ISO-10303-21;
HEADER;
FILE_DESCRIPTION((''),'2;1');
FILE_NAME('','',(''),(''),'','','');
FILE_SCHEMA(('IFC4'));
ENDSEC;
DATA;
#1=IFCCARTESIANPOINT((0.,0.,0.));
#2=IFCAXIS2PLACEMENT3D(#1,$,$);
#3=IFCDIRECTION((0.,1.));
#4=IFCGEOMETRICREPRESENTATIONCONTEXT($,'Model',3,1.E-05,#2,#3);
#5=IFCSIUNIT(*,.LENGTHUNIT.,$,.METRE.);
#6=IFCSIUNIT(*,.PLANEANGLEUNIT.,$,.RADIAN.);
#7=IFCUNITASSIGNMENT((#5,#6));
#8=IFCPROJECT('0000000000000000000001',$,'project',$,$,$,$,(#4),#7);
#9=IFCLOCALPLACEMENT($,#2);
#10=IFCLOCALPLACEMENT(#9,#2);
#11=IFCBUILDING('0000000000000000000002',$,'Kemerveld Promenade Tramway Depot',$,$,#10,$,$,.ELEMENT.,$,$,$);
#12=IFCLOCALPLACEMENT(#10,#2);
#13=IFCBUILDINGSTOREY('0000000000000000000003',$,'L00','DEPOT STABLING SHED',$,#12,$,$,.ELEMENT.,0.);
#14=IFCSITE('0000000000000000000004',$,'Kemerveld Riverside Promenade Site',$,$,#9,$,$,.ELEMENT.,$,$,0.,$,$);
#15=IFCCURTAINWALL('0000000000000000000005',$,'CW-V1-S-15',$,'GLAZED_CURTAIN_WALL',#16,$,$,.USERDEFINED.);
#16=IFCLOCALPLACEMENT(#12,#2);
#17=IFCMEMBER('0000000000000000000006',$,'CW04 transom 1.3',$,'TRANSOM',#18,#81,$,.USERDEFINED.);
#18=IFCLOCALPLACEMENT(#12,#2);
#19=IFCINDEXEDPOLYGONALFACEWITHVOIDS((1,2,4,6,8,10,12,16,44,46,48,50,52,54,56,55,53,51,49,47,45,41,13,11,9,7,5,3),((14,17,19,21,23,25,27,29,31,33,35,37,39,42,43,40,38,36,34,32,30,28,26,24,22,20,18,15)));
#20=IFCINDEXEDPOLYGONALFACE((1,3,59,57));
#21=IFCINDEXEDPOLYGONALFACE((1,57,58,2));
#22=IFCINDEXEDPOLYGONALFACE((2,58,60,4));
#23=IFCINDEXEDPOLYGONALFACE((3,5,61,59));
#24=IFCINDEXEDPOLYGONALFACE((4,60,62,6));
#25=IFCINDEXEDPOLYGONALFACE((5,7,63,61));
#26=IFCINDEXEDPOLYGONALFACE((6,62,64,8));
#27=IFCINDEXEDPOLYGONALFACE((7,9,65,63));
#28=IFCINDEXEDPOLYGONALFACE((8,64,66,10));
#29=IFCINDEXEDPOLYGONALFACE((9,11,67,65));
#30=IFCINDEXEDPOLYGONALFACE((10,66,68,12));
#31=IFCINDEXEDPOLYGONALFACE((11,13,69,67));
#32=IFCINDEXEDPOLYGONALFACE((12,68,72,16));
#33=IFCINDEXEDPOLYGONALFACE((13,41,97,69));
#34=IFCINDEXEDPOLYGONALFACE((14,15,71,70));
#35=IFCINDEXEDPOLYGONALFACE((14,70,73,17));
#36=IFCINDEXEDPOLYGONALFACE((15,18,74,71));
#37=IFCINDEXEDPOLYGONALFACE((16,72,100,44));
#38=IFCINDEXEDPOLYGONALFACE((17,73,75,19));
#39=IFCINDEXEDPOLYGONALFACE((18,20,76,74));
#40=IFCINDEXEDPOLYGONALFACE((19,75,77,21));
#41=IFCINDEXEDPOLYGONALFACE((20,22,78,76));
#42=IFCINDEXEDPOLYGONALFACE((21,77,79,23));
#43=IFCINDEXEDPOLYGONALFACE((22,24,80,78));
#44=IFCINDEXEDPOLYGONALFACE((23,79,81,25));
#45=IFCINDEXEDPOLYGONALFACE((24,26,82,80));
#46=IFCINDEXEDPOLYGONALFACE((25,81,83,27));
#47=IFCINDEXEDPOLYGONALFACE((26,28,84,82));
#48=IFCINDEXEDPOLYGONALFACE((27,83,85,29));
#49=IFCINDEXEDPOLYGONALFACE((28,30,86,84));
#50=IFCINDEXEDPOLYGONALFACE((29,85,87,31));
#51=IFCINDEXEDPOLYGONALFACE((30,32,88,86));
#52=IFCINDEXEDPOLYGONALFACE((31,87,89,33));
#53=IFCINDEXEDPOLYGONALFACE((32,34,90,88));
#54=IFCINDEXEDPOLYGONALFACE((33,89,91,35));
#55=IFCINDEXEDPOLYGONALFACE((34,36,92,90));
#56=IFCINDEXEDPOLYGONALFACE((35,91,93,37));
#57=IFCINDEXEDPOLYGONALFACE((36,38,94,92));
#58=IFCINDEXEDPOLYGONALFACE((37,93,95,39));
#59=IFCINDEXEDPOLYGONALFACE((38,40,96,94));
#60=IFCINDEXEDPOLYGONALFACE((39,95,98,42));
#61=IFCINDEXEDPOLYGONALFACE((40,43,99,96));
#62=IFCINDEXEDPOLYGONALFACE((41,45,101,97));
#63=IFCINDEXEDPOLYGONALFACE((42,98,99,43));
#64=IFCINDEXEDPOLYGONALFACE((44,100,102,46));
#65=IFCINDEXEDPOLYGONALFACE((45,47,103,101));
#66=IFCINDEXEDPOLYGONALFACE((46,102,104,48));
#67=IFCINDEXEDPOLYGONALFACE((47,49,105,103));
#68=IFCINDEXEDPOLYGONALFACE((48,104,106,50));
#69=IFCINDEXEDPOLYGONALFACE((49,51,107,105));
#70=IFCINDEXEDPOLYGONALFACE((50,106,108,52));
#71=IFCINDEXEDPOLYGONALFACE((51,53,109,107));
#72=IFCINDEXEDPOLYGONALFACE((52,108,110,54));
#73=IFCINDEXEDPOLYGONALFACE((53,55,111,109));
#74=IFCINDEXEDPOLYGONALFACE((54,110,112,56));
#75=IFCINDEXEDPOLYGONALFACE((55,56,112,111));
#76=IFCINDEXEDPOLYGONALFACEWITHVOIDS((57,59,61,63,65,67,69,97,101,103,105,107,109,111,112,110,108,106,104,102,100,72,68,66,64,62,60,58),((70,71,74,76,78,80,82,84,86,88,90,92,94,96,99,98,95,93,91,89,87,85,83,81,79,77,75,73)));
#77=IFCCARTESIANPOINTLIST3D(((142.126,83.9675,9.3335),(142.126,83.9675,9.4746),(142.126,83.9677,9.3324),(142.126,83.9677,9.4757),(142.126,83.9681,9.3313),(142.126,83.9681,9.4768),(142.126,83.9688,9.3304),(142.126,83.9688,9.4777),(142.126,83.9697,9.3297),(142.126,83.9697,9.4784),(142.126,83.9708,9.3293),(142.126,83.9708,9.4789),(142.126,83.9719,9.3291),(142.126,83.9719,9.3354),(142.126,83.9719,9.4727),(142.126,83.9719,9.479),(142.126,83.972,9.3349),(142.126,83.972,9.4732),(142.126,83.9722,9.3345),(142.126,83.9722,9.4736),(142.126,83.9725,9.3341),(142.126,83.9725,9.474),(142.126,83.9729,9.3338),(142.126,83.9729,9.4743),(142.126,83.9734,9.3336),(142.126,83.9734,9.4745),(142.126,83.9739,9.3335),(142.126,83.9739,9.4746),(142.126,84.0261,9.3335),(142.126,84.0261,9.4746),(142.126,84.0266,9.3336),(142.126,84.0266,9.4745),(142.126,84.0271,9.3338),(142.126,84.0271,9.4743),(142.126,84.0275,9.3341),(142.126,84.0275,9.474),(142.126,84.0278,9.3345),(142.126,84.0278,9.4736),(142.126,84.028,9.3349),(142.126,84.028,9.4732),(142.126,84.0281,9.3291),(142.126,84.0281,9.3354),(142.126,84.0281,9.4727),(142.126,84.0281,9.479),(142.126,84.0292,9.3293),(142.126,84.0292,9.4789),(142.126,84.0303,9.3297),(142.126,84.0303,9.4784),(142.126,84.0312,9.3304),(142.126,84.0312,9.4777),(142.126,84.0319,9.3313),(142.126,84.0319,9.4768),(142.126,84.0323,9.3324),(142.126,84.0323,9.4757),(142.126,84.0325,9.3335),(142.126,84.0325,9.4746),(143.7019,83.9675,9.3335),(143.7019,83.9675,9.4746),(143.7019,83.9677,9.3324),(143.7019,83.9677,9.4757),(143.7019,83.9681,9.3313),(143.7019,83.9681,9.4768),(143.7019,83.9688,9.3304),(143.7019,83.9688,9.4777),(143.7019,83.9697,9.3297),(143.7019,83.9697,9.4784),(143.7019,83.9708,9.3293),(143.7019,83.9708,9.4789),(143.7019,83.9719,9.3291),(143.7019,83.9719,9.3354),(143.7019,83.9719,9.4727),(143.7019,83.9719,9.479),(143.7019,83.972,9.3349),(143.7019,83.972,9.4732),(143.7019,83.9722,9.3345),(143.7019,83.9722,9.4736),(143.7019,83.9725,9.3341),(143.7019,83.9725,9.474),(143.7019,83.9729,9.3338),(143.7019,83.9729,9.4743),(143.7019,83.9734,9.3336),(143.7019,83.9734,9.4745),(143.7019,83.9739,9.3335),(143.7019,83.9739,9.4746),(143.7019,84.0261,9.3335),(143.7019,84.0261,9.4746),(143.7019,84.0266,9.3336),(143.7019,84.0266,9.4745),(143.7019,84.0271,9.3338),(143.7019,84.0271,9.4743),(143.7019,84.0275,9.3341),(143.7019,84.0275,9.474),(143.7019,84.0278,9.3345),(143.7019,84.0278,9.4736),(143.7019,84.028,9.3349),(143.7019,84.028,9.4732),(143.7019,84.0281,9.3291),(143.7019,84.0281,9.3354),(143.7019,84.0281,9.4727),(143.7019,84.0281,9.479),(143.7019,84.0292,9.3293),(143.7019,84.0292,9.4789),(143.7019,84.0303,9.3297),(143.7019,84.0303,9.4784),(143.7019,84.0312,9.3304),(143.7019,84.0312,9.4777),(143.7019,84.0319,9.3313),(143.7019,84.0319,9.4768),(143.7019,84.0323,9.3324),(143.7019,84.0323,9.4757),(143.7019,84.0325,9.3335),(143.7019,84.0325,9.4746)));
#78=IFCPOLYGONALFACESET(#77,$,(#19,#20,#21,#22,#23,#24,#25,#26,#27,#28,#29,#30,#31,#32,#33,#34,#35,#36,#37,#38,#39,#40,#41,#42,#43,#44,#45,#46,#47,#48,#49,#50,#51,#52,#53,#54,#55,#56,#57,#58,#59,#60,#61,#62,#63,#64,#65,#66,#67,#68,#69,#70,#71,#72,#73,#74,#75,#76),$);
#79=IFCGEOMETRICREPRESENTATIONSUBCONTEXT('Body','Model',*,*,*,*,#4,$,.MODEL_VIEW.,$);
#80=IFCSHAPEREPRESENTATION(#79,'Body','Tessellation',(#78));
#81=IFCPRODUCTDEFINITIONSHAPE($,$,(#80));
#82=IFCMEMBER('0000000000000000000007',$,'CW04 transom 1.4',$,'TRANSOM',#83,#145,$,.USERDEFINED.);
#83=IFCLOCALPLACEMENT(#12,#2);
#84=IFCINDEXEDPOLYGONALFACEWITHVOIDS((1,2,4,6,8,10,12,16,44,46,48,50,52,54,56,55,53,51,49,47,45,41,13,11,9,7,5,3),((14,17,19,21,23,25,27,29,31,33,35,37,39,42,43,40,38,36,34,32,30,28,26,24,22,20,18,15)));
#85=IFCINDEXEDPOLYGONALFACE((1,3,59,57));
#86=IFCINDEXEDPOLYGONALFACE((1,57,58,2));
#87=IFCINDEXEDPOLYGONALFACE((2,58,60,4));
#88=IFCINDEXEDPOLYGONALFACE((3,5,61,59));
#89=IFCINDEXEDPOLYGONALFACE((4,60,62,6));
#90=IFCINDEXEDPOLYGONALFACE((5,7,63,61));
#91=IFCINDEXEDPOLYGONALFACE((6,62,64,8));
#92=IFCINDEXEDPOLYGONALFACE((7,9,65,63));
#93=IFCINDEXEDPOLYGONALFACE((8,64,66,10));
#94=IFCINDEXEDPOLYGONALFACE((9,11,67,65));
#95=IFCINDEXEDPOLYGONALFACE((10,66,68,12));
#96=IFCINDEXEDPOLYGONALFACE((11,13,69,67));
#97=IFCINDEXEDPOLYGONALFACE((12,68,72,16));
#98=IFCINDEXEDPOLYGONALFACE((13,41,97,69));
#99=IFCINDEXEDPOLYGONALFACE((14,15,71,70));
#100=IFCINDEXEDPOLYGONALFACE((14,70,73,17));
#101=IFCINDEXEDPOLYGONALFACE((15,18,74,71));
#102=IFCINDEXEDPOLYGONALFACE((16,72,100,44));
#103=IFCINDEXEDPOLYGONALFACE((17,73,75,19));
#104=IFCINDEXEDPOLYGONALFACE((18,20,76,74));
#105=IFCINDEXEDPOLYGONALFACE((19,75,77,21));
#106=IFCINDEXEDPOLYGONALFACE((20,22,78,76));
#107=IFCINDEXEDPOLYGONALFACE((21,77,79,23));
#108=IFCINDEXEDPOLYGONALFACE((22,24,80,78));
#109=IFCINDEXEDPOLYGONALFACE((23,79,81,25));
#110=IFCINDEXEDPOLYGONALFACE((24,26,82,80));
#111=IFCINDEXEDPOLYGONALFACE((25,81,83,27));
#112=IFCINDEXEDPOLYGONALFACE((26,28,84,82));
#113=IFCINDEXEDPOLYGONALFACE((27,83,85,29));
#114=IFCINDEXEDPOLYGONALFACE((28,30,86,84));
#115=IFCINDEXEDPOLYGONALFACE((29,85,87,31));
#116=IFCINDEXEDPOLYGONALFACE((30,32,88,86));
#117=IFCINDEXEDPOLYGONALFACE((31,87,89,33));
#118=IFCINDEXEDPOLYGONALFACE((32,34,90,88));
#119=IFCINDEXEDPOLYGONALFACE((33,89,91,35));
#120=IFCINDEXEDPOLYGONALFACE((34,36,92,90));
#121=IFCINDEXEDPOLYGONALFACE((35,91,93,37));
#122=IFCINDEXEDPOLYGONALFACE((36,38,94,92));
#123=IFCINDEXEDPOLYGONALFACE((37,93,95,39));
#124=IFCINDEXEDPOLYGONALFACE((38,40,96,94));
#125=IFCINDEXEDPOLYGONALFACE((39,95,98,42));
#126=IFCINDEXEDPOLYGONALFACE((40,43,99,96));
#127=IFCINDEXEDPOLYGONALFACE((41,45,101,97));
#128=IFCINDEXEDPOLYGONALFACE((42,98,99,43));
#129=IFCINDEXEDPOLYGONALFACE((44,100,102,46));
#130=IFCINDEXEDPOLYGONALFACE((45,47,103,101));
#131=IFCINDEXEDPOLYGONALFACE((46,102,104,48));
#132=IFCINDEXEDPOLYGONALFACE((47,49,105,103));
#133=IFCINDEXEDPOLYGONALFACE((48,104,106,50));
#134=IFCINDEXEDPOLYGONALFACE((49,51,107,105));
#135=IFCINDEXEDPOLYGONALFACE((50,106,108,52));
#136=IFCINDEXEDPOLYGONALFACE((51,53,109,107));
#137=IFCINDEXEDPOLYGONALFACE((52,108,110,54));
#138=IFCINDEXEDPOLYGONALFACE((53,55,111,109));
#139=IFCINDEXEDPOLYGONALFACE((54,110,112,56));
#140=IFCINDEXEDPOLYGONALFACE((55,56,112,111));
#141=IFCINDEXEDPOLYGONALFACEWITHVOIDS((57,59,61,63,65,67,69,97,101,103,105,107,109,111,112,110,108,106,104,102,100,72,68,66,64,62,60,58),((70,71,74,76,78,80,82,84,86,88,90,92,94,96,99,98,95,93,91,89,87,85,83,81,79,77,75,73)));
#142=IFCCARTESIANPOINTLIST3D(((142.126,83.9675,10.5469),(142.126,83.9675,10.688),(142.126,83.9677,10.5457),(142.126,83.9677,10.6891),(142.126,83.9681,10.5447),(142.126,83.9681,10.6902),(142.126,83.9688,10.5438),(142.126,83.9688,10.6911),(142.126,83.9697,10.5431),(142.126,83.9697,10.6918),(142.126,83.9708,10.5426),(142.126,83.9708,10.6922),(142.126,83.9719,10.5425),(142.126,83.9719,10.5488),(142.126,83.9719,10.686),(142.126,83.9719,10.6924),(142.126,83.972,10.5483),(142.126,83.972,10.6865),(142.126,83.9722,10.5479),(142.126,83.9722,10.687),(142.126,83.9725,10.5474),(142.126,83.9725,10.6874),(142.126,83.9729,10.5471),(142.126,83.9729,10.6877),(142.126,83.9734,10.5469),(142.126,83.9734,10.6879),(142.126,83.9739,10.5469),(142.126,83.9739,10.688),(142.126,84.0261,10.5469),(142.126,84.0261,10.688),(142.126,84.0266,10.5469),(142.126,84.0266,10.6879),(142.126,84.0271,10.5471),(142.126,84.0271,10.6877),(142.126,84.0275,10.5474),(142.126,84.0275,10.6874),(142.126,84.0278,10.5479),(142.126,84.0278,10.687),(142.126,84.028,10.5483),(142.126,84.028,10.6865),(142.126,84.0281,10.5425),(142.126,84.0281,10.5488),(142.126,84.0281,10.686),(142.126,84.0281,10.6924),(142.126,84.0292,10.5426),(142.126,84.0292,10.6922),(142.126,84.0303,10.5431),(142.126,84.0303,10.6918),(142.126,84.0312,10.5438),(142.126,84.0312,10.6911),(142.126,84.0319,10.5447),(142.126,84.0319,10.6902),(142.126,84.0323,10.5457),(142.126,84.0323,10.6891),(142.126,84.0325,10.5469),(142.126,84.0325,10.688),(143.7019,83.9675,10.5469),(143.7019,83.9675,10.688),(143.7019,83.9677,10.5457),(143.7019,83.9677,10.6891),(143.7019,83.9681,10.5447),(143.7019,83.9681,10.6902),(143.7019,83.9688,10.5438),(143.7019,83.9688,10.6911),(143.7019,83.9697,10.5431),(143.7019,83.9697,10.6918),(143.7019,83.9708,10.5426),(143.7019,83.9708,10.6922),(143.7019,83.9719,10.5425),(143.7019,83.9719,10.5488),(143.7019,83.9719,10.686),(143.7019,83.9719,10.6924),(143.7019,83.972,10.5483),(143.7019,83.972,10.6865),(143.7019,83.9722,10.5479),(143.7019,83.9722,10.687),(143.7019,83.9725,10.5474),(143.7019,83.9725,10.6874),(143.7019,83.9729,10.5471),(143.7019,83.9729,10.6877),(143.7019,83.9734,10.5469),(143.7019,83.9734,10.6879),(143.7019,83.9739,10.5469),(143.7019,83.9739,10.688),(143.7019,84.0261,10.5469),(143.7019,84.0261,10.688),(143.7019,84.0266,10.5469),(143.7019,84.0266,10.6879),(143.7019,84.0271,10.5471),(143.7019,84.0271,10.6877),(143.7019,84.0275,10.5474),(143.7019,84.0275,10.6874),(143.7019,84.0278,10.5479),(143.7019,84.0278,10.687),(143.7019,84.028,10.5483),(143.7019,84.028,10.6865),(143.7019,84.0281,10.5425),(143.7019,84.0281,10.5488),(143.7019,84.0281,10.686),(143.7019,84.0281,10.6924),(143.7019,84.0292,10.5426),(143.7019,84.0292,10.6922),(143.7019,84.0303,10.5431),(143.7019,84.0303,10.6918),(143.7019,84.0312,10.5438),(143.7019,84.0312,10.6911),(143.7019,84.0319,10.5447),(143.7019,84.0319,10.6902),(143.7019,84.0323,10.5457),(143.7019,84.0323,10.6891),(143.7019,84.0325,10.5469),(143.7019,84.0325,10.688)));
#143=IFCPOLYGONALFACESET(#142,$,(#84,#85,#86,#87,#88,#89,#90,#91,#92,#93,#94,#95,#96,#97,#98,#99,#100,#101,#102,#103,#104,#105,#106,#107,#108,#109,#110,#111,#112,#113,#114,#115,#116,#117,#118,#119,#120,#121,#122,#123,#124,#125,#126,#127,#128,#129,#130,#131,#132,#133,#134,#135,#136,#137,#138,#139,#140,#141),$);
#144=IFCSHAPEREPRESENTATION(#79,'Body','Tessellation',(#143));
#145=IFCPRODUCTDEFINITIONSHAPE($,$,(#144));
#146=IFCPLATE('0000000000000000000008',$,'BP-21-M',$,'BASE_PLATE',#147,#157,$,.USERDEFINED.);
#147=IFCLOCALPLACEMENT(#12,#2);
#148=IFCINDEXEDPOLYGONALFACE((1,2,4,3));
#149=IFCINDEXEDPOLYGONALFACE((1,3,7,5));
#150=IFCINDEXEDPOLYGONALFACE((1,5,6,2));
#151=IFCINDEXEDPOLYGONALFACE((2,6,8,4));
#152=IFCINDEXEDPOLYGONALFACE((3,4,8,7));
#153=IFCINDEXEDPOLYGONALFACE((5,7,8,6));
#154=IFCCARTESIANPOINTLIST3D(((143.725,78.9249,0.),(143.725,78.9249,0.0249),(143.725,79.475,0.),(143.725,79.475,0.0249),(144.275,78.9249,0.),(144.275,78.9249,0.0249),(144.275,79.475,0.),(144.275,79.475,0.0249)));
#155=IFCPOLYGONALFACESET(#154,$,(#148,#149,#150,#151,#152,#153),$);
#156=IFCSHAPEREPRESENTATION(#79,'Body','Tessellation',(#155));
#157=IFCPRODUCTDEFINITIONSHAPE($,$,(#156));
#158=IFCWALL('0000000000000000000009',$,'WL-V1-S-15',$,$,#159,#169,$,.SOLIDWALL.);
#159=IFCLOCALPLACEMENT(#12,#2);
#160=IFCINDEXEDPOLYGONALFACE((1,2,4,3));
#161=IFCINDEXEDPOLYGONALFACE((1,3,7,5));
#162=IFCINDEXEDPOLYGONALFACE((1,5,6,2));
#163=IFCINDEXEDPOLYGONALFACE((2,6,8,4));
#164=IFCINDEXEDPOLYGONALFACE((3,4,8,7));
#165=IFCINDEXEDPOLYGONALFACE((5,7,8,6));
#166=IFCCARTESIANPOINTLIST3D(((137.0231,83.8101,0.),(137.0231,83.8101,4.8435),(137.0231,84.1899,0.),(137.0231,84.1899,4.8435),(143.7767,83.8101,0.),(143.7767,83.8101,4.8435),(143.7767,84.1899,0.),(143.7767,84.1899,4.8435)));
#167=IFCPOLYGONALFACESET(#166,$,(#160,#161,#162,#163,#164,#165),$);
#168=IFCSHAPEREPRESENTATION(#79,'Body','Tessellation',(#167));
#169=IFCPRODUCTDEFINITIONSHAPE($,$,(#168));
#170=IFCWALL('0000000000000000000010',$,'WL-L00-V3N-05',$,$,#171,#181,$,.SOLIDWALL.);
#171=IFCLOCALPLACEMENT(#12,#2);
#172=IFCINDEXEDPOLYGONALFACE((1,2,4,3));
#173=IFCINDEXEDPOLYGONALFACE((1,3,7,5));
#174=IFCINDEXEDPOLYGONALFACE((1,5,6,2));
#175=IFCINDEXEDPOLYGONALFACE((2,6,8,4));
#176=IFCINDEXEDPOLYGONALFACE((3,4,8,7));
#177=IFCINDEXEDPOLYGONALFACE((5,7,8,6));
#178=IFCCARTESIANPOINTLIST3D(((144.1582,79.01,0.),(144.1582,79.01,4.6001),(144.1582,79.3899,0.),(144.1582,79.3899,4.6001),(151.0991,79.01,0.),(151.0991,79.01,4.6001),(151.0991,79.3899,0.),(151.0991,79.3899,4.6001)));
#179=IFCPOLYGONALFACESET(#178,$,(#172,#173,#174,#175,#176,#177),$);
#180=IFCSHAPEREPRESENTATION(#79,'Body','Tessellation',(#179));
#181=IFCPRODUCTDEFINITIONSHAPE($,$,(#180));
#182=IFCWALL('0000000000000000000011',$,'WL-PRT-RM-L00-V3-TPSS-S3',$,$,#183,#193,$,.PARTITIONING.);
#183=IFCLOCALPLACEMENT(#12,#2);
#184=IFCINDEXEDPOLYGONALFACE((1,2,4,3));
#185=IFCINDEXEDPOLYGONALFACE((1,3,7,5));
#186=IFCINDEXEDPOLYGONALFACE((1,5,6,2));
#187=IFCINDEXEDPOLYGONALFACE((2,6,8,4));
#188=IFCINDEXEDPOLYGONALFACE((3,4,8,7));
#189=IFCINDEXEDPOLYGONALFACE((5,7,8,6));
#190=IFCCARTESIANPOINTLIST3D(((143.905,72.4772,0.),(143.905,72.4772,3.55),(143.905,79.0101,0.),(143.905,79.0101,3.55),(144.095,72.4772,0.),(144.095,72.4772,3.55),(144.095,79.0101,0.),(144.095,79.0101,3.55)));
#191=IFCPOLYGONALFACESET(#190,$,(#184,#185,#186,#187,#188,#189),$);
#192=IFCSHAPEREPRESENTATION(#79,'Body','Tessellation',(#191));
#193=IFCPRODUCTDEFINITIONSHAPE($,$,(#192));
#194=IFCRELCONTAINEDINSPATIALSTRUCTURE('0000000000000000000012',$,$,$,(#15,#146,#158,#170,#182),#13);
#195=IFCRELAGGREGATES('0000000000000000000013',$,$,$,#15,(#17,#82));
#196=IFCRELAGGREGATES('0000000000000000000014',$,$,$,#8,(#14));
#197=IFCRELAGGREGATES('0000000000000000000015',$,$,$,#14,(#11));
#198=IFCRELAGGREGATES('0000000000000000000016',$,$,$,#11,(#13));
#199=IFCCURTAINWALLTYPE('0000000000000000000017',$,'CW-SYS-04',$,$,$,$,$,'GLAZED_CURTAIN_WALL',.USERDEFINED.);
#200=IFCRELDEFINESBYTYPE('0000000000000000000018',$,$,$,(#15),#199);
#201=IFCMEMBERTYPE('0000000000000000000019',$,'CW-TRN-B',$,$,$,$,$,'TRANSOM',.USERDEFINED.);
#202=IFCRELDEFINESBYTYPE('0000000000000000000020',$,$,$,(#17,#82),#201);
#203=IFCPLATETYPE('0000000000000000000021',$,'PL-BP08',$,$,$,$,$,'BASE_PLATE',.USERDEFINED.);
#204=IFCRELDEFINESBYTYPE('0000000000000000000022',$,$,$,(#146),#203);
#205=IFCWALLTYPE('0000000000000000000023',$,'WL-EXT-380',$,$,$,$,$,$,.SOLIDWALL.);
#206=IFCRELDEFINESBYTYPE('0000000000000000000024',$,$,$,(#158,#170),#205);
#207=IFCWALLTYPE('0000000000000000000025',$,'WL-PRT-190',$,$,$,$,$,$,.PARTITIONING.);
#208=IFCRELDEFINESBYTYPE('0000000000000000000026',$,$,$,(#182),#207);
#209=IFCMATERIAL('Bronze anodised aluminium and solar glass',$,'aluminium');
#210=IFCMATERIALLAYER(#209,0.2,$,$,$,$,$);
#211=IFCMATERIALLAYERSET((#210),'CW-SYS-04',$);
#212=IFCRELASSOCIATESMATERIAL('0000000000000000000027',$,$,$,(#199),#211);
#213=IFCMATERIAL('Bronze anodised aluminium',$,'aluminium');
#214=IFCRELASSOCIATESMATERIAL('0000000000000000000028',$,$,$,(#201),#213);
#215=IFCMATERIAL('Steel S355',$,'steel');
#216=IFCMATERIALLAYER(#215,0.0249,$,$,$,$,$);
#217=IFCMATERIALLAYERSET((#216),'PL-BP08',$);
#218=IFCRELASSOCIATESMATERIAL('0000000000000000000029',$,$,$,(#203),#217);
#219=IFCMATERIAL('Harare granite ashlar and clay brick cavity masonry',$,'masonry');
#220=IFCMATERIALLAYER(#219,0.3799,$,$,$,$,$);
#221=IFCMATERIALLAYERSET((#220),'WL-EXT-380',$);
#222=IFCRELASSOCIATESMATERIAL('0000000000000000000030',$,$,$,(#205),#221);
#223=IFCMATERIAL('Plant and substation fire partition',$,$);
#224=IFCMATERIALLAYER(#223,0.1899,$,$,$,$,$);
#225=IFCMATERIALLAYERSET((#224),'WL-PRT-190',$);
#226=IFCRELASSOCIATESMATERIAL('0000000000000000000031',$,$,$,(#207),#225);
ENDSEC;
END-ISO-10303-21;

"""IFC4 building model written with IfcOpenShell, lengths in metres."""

from ifc_helpers import new_model, si_unit, direction, frame, frame_2d, origin, origin_2d, place, context, subcontext, project, spatial, rectangle, hollow_rectangle, extrude, material, layer, layer_set, material_profile, profile_set, type_object, element, aggregate, save


model = new_model("IFC4")

# Units and contexts
model_context = context("Model", 3, precision=1e-05, world=origin(), true_north=direction((0.0, 1.0)))
body_context = subcontext(model_context, "Body", "Model", "MODEL_VIEW")
ifc_project = project(units=[si_unit("LENGTHUNIT", "METRE"), si_unit("PLANEANGLEUNIT", "RADIAN")], contexts=[model_context])

# Site, building, storey
site_placement = place(None, origin())
site = spatial("IfcSite", under=ifc_project, at=site_placement, Name="Kemerveld Riverside Promenade Site", CompositionType="ELEMENT", RefElevation=0.0)
building_placement = place(site_placement, origin())
building = spatial("IfcBuilding", under=site, at=building_placement, Name="Kemerveld Promenade Tramway Depot", CompositionType="ELEMENT")
storey_placement = place(building_placement, origin())
storey = spatial("IfcBuildingStorey", under=building, at=storey_placement, Name="L00", Description="DEPOT STABLING SHED", CompositionType="ELEMENT", Elevation=0.0)

# Shared definitions
ifc_material_1 = material(Name="Steel S355", Category="steel")

# Curtain wall, members
ifc_material_2 = material(Name="Bronze anodised aluminium and solar glass", Category="aluminium")
ifc_layer_1 = layer(ifc_material_2, 0.2)
ifc_layer_set_1 = layer_set([ifc_layer_1], Name="CW-SYS-04")
curtain_wall_type = type_object("IfcCurtainWallType", Name="CW-SYS-04", ElementType="GLAZED_CURTAIN_WALL", PredefinedType="USERDEFINED", material=ifc_layer_set_1)
curtain_wall_placement = place(storey_placement, origin())
curtain_wall = element("IfcCurtainWall", 1, at=curtain_wall_placement, inside=storey, type_object=curtain_wall_type, Name="CW-V1-S-15", ObjectType="GLAZED_CURTAIN_WALL", PredefinedType="USERDEFINED")
ifc_material_3 = material(Name="Bronze anodised aluminium", Category="aluminium")
ifc_material_profile_1 = material_profile(ifc_material_3, hollow_rectangle(XDim=0.0649, YDim=0.1499, WallThickness=0.0044, InnerFilletRadius=0.002, OuterFilletRadius=0.0044, at=origin_2d()), Name="CW-TRN-150x65")
ifc_profile_set_1 = profile_set([ifc_material_profile_1], Name="Bronze anodised aluminium")
member_type_1 = type_object("IfcMemberType", Name="CW-TRN-B", ElementType="TRANSOM", PredefinedType="USERDEFINED", material=ifc_profile_set_1)
member_1_placement = place(storey_placement, frame((143.7019, 84.0, 9.4041), z_axis=(-1.0, 0.0, 0.0), x_axis=(0.0, -1.0, 0.0)))
member_1 = element("IfcMember", 2, at=member_1_placement, type_object=member_type_1, Name="CW04 transom 1.3", ObjectType="TRANSOM", PredefinedType="USERDEFINED", context=body_context, shape_type="SweptSolid", body=[
    extrude(hollow_rectangle(XDim=0.0649, YDim=0.1499, WallThickness=0.0044, InnerFilletRadius=0.002, OuterFilletRadius=0.0044, at=origin_2d()), origin(), (0.0, 0.0, 1.0), 1.5759),
])
member_2_placement = place(storey_placement, frame((143.7019, 84.0, 10.6174), z_axis=(-1.0, 0.0, 0.0), x_axis=(0.0, -1.0, 0.0)))
member_2 = element("IfcMember", 3, at=member_2_placement, type_object=member_type_1, Name="CW04 transom 1.4", ObjectType="TRANSOM", PredefinedType="USERDEFINED", context=body_context, shape_type="SweptSolid", body=[
    extrude(hollow_rectangle(XDim=0.0649, YDim=0.1499, WallThickness=0.0044, InnerFilletRadius=0.002, OuterFilletRadius=0.0044, at=origin_2d()), origin(), (0.0, 0.0, 1.0), 1.5759),
])
aggregate(curtain_wall, [member_1, member_2])

# Plate
ifc_layer_2 = layer(ifc_material_1, 0.0249)
ifc_layer_set_2 = layer_set([ifc_layer_2], Name="PL-BP08")
plate_type = type_object("IfcPlateType", Name="PL-BP08", ElementType="BASE_PLATE", PredefinedType="USERDEFINED", material=ifc_layer_set_2)
plate_placement = place(storey_placement, frame((144.0, 79.2, 0.0), z_axis=(0.0, 0.0, 1.0), x_axis=(1.0, 0.0, 0.0)))
element("IfcPlate", 4, at=plate_placement, inside=storey, type_object=plate_type, Name="BP-21-M", ObjectType="BASE_PLATE", PredefinedType="USERDEFINED", context=body_context, shape_type="SweptSolid", body=[
    extrude(rectangle(XDim=0.55, YDim=0.55, at=origin_2d()), origin(), (0.0, 0.0, 1.0), 0.0249),
])

# Walls
ifc_material_4 = material(Name="Harare granite ashlar and clay brick cavity masonry", Category="masonry")
ifc_layer_3 = layer(ifc_material_4, 0.3799)
ifc_layer_set_3 = layer_set([ifc_layer_3], Name="WL-EXT-380")
wall_type_1 = type_object("IfcWallType", Name="WL-EXT-380", PredefinedType="SOLIDWALL", material=ifc_layer_set_3)
wall_1_placement = place(storey_placement, frame((143.7769, 84.0, 0.0), z_axis=(0.0, 0.0, 1.0), x_axis=(-1.0, 0.0, 0.0)))
element("IfcWall", 5, at=wall_1_placement, inside=storey, type_object=wall_type_1, Name="WL-V1-S-15", PredefinedType="SOLIDWALL", context=body_context, shape_type="SweptSolid", body=[
    extrude(rectangle(XDim=6.7537, YDim=0.3799, at=frame_2d((3.377, 0.0))), origin(), (0.0, 0.0, 1.0), 4.8435),
])
wall_2_placement = place(storey_placement, frame((144.1582, 79.2, 0.0), z_axis=(0.0, 0.0, 1.0), x_axis=(1.0, 0.0, 0.0)))
element("IfcWall", 6, at=wall_2_placement, inside=storey, type_object=wall_type_1, Name="WL-L00-V3N-05", PredefinedType="SOLIDWALL", context=body_context, shape_type="SweptSolid", body=[
    extrude(rectangle(XDim=6.9409, YDim=0.3799, at=frame_2d((3.4705, 0.0))), origin(), (0.0, 0.0, 1.0), 4.6001),
])
ifc_material_5 = material(Name="Plant and substation fire partition")
ifc_layer_4 = layer(ifc_material_5, 0.1899)
ifc_layer_set_4 = layer_set([ifc_layer_4], Name="WL-PRT-190")
wall_type_2 = type_object("IfcWallType", Name="WL-PRT-190", PredefinedType="PARTITIONING", material=ifc_layer_set_4)
wall_3_placement = place(storey_placement, frame((144.0, 72.4771, 0.0), z_axis=(0.0, 0.0, 1.0), x_axis=(0.0, 1.0, 0.0)))
element("IfcWall", 7, at=wall_3_placement, inside=storey, type_object=wall_type_2, Name="WL-PRT-RM-L00-V3-TPSS-S3", PredefinedType="PARTITIONING", context=body_context, shape_type="SweptSolid", body=[
    extrude(rectangle(XDim=6.533, YDim=0.1899, at=frame_2d((3.2666, 0.0))), origin(), (0.0, 0.0, 1.0), 3.55),
])

save(model, "model.ifc")
